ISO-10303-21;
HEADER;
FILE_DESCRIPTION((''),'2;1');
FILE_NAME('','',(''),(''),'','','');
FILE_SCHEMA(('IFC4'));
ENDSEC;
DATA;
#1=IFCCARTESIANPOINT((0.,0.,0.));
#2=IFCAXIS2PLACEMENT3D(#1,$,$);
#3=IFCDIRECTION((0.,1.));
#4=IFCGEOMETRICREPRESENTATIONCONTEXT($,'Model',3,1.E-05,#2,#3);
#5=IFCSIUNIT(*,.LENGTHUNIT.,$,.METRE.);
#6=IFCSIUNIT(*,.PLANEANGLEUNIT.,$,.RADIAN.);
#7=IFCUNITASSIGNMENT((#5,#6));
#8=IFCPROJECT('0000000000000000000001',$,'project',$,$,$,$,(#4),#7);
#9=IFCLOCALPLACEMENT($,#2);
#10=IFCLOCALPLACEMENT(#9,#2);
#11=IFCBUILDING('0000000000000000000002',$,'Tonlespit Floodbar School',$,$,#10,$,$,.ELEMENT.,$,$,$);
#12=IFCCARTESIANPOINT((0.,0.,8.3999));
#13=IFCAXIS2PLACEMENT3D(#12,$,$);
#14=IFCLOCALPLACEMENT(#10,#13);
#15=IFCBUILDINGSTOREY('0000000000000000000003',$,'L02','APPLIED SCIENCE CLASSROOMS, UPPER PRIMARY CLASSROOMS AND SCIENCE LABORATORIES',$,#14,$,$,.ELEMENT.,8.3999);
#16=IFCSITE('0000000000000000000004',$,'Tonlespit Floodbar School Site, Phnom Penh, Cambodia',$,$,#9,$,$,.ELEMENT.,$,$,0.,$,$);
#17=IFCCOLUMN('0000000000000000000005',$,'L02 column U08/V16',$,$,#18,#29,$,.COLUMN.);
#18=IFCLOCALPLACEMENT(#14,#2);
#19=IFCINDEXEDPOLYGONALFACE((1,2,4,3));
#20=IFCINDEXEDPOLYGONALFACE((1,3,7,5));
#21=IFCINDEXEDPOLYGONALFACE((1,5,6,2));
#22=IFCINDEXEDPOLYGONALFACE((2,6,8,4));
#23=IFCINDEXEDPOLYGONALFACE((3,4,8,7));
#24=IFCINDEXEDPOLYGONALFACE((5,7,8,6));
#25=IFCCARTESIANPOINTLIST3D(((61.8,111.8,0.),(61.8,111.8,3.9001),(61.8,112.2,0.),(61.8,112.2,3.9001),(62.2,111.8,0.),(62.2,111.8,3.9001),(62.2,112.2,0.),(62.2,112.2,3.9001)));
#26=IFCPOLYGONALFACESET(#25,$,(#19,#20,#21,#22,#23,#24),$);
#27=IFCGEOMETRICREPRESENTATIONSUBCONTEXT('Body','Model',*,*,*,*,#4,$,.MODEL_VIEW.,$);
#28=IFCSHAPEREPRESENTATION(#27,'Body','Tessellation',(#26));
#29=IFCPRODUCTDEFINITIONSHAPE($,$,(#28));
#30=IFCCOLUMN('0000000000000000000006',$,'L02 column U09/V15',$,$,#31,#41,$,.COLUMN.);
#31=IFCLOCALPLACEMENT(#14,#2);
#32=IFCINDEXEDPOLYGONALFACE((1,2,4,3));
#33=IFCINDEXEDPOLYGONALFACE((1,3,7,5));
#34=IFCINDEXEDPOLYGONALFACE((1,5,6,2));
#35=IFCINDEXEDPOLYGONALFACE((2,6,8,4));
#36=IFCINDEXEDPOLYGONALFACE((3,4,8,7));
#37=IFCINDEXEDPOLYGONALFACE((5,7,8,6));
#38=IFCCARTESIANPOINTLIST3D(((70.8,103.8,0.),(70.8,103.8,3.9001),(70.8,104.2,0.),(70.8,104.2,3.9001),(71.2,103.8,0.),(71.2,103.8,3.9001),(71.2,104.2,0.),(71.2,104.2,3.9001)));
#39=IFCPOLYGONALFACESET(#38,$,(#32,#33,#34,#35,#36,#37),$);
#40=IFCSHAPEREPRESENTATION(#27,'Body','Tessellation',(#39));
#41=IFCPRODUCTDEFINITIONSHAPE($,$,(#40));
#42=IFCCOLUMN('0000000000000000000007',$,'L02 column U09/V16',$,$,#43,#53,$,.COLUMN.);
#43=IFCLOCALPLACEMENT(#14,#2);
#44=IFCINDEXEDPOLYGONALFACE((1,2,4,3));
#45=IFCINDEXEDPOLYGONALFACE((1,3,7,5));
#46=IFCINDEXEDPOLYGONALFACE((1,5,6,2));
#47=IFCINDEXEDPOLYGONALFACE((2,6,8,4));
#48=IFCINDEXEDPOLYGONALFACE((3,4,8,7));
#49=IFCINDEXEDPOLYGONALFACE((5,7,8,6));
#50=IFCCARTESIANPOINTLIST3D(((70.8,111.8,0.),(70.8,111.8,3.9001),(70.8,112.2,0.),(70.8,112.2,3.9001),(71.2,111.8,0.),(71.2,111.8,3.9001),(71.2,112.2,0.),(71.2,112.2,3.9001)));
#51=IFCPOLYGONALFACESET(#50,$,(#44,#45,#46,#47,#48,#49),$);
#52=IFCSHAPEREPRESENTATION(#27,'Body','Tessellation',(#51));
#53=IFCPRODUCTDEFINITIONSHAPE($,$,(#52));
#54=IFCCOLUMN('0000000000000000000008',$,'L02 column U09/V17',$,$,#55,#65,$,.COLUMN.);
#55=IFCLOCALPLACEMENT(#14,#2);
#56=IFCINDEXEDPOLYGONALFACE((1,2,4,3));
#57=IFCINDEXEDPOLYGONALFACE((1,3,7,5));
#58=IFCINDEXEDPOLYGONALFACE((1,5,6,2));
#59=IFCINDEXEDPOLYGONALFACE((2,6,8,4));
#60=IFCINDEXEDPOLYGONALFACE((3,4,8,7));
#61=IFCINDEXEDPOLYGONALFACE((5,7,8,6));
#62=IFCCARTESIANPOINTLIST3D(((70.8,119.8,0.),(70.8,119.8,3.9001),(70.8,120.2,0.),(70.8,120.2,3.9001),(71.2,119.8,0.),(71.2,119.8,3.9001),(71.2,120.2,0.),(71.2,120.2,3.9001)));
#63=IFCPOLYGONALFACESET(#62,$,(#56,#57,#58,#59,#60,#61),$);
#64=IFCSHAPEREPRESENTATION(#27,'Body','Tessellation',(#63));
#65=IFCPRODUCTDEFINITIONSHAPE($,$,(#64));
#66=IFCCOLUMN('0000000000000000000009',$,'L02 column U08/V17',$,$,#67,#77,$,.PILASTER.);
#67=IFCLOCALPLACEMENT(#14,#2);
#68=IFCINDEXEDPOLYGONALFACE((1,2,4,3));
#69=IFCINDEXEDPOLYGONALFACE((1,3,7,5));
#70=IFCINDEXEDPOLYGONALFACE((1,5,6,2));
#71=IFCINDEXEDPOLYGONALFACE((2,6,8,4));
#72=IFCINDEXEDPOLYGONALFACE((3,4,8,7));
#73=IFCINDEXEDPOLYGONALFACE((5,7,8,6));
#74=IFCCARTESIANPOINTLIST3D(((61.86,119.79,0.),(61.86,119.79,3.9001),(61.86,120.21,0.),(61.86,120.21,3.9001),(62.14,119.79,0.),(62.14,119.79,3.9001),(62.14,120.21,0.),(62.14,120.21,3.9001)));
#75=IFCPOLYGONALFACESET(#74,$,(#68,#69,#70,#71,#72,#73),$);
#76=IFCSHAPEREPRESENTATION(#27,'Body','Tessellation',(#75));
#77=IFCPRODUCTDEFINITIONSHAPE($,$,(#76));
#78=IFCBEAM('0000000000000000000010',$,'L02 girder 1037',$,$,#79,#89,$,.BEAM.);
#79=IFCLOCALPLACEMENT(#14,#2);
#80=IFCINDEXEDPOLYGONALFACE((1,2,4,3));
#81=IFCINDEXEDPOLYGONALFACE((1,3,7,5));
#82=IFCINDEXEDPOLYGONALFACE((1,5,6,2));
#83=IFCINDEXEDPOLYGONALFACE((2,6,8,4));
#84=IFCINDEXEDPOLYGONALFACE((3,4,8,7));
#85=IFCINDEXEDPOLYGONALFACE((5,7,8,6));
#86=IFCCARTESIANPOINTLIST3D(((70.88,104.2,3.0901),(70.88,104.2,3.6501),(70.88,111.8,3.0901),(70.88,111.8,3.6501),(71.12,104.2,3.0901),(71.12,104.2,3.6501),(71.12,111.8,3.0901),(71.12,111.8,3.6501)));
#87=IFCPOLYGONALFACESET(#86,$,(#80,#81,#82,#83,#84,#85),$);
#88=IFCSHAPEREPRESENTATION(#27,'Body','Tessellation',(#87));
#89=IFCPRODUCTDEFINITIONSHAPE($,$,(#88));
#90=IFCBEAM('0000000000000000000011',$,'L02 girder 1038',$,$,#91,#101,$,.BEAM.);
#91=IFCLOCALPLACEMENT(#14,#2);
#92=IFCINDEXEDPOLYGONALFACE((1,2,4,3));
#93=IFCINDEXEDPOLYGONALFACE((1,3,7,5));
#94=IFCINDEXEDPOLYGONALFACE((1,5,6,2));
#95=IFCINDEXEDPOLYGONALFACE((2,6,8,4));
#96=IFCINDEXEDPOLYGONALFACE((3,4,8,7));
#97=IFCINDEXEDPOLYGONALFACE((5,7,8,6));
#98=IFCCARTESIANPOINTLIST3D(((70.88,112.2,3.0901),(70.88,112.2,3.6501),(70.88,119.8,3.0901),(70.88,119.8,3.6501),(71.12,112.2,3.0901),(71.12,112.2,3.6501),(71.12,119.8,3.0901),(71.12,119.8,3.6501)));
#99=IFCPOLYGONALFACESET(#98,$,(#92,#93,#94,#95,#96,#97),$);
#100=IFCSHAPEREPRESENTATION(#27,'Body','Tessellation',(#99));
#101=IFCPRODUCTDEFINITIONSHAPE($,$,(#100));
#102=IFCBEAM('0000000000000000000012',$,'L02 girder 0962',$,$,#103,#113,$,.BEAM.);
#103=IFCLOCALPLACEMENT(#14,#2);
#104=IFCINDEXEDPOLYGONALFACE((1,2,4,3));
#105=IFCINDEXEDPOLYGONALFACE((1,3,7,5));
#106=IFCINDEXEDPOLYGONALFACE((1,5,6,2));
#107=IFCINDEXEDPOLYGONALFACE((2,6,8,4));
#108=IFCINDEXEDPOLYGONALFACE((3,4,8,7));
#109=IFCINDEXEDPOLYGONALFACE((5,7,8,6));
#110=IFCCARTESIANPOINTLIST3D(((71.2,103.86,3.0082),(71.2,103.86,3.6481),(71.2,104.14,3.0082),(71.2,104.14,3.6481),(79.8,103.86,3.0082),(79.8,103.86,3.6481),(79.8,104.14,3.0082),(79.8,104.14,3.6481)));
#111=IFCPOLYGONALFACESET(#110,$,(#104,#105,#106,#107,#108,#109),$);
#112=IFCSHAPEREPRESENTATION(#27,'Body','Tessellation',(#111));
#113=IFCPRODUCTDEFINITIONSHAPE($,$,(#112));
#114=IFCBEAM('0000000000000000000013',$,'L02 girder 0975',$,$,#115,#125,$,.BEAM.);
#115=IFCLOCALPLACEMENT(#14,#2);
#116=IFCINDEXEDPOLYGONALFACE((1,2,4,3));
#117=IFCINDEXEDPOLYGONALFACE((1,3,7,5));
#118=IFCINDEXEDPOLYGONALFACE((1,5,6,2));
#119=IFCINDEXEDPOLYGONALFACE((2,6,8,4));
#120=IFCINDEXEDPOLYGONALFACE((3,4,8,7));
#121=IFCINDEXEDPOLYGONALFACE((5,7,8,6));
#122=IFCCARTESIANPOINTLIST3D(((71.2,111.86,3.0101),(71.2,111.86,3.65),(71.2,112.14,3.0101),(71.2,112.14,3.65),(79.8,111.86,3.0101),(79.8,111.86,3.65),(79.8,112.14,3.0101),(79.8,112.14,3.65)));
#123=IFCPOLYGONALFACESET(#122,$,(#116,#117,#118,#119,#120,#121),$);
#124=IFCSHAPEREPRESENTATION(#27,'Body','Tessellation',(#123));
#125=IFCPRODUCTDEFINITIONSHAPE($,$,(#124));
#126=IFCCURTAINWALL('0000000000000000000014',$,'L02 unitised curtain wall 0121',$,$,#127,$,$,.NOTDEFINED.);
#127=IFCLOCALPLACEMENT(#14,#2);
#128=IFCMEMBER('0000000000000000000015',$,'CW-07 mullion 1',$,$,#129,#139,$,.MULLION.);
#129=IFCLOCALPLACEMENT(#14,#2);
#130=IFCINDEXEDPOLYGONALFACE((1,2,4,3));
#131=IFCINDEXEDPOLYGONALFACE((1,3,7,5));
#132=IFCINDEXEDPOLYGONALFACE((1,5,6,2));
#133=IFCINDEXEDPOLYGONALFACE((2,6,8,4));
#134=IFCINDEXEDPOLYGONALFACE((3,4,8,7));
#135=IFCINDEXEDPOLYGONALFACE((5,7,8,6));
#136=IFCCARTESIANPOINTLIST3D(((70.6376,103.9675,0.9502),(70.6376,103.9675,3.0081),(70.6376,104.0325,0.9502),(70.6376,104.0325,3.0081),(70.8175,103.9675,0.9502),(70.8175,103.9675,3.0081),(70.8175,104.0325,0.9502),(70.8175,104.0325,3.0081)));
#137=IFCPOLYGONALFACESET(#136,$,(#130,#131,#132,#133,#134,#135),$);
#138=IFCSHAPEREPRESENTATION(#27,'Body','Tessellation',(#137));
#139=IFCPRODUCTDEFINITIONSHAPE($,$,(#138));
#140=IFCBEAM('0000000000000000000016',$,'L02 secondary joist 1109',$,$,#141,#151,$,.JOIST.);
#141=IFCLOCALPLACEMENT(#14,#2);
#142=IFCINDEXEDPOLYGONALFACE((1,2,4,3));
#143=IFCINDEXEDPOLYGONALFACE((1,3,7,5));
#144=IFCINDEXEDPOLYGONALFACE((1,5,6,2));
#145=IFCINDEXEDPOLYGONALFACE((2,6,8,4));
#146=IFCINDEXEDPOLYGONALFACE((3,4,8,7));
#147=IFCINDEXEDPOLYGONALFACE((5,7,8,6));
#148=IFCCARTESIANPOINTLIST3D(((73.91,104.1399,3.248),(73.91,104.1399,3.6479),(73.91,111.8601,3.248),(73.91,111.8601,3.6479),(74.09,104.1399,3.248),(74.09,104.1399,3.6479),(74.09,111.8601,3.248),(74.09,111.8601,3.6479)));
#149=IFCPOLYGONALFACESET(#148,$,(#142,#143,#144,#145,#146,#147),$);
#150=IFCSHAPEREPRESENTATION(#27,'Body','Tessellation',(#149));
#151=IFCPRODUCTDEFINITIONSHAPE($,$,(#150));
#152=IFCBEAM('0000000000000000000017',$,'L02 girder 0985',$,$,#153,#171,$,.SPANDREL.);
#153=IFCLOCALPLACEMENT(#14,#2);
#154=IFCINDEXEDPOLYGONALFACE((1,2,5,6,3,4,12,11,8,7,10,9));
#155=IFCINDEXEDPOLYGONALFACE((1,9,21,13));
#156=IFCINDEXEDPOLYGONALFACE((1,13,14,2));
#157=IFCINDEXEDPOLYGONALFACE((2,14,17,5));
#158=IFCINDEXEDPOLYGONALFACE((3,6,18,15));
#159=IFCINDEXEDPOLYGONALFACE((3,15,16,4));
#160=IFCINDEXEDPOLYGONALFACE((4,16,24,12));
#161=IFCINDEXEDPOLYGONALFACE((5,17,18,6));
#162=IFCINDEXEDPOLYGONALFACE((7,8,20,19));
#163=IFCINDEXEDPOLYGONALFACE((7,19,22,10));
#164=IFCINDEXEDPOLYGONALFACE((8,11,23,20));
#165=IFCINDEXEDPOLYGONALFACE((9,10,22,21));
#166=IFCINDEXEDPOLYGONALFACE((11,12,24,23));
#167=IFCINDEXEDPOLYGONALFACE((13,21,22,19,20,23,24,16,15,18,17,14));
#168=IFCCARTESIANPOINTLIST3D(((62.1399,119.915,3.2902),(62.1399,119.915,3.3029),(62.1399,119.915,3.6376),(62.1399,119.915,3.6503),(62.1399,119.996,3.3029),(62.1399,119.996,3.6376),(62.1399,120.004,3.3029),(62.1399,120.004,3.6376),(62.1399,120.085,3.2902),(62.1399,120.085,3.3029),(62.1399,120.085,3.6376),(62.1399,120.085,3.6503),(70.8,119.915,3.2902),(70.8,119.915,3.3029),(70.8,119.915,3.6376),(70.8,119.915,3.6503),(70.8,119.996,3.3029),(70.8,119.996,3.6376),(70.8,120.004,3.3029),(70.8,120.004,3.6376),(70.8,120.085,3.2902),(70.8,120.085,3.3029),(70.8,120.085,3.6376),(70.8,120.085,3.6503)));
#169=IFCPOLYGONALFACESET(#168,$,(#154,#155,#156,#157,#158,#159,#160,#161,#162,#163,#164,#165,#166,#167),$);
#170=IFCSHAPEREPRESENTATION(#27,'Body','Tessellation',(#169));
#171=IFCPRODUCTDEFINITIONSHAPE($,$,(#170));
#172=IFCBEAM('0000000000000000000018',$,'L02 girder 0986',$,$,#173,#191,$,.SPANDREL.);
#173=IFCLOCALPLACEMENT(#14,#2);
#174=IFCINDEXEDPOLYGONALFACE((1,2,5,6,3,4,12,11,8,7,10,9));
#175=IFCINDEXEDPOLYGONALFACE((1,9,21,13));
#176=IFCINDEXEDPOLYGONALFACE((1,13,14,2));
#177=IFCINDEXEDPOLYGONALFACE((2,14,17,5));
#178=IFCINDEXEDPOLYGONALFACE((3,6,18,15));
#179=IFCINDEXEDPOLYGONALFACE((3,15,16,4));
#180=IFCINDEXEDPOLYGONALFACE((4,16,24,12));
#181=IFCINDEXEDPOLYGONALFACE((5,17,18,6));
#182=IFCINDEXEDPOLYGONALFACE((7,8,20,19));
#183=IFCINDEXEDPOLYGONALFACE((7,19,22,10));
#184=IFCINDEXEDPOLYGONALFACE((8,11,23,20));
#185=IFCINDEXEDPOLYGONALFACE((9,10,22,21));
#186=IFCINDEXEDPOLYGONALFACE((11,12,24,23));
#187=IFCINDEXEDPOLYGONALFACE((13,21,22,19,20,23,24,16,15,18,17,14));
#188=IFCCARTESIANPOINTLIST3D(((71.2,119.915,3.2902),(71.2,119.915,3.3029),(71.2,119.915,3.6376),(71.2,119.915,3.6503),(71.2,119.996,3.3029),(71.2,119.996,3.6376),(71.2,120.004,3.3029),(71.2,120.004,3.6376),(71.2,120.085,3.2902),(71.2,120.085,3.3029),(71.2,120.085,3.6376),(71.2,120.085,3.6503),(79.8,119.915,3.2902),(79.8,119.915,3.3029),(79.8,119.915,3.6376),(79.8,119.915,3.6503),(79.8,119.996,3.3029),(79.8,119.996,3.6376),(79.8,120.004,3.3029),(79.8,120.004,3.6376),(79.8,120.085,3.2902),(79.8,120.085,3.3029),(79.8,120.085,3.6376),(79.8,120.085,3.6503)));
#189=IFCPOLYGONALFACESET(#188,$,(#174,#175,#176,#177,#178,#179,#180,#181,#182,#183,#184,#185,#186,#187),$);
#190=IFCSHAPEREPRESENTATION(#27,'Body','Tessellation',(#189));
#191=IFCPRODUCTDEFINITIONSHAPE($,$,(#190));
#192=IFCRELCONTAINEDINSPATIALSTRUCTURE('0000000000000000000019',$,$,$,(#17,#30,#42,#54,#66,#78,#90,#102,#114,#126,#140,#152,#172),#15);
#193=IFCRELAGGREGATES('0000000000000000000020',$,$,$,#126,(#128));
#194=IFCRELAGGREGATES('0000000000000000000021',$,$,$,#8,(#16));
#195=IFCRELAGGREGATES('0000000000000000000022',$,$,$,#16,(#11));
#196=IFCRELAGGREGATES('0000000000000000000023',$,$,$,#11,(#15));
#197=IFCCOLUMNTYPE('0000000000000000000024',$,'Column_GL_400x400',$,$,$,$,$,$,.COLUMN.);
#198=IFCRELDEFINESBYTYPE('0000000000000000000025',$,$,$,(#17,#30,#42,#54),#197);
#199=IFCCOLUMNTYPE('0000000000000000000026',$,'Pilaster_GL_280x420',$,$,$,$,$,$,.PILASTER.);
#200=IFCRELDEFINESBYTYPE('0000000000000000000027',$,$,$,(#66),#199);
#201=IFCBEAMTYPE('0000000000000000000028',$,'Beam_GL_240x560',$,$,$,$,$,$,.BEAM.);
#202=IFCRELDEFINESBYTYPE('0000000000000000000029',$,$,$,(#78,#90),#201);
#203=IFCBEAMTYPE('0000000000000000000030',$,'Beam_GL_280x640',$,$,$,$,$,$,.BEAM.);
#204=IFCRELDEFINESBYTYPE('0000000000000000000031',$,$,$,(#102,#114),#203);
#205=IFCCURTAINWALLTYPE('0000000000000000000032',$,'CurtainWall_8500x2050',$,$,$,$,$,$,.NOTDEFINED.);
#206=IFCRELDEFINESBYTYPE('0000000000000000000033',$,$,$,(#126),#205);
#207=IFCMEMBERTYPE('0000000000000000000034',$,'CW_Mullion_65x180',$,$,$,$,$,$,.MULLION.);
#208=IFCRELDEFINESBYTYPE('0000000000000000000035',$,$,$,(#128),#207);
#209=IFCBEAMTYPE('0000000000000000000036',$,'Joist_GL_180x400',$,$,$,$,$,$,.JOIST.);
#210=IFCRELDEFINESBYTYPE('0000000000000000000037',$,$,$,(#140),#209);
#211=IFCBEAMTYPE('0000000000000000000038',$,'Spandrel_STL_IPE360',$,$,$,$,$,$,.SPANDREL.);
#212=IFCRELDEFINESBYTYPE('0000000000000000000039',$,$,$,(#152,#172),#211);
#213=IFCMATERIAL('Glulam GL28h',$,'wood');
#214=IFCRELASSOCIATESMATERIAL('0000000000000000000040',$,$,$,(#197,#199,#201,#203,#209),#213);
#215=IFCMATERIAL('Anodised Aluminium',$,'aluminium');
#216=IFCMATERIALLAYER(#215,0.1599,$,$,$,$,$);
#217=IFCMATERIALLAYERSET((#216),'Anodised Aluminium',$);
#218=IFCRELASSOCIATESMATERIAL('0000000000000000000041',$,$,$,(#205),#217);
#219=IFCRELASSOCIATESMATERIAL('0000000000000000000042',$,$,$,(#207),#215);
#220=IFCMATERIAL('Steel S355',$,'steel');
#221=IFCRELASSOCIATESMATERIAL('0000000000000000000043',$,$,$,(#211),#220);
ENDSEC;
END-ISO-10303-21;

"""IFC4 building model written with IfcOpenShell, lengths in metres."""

from ifc_helpers import new_model, si_unit, direction, frame, origin, origin_2d, place, context, subcontext, project, spatial, rectangle, i_section, extrude, material, layer, layer_set, material_profile, profile_set, type_object, element, aggregate, save


model = new_model("IFC4")

# Units and contexts
model_context = context("Model", 3, precision=1e-05, world=origin(), true_north=direction((0.0, 1.0)))
body_context = subcontext(model_context, "Body", "Model", "MODEL_VIEW")
ifc_project = project(units=[si_unit("LENGTHUNIT", "METRE"), si_unit("PLANEANGLEUNIT", "RADIAN")], contexts=[model_context])

# Site, building, storey
site_placement = place(None, origin())
site = spatial("IfcSite", under=ifc_project, at=site_placement, Name="Tonlespit Floodbar School Site, Phnom Penh, Cambodia", CompositionType="ELEMENT", RefElevation=0.0)
building_placement = place(site_placement, origin())
building = spatial("IfcBuilding", under=site, at=building_placement, Name="Tonlespit Floodbar School", CompositionType="ELEMENT")
storey_placement = place(building_placement, frame((0.0, 0.0, 8.3999)))
storey = spatial("IfcBuildingStorey", under=building, at=storey_placement, Name="L02", Description="APPLIED SCIENCE CLASSROOMS, UPPER PRIMARY CLASSROOMS AND SCIENCE LABORATORIES", CompositionType="ELEMENT", Elevation=8.3999)

# Columns
ifc_material_1 = material(Name="Glulam GL28h", Category="wood")
ifc_material_profile_1 = material_profile(ifc_material_1, rectangle(XDim=0.3999, YDim=0.3999, at=origin_2d()), Name="GL 400x400")
ifc_profile_set_1 = profile_set([ifc_material_profile_1], Name="Glulam GL28h")
column_type_1 = type_object("IfcColumnType", Name="Column_GL_400x400", PredefinedType="COLUMN", material=ifc_profile_set_1)
for number, where, z_axis, x_axis, name in (
    (1, (62.0, 112.0, 0.0), (0.0, 0.0, 1.0), (1.0, 0.0, 0.0), "L02 column U08/V16"),
    (2, (71.0, 104.0, 0.0), (0.0, 0.0, 1.0), (1.0, 0.0, 0.0), "L02 column U09/V15"),
    (3, (71.0, 112.0, 0.0), (0.0, 0.0, 1.0), (1.0, 0.0, 0.0), "L02 column U09/V16"),
    (4, (71.0, 120.0, 0.0), (0.0, 0.0, 1.0), (1.0, 0.0, 0.0), "L02 column U09/V17"),
):
    element("IfcColumn", number, at=place(storey_placement, frame(where, z_axis=z_axis, x_axis=x_axis)), inside=storey, type_object=column_type_1, Name=name, PredefinedType="COLUMN", context=body_context, shape_type="SweptSolid", body=[
        extrude(rectangle(XDim=0.3999, YDim=0.3999, at=origin_2d()), origin(), (0.0, 0.0, 1.0), 3.9001),
    ])
ifc_material_profile_2 = material_profile(ifc_material_1, rectangle(XDim=0.28, YDim=0.4199, at=origin_2d()), Name="GL 280x420")
ifc_profile_set_2 = profile_set([ifc_material_profile_2], Name="Glulam GL28h")
column_type_2 = type_object("IfcColumnType", Name="Pilaster_GL_280x420", PredefinedType="PILASTER", material=ifc_profile_set_2)
column_placement = place(storey_placement, frame((62.0, 120.0, 0.0), z_axis=(0.0, 0.0, 1.0), x_axis=(1.0, 0.0, 0.0)))
element("IfcColumn", 5, at=column_placement, inside=storey, type_object=column_type_2, Name="L02 column U08/V17", PredefinedType="PILASTER", context=body_context, shape_type="SweptSolid", body=[
    extrude(rectangle(XDim=0.28, YDim=0.4199, at=origin_2d()), origin(), (0.0, 0.0, 1.0), 3.9001),
])

# Beams
ifc_material_profile_3 = material_profile(ifc_material_1, rectangle(XDim=0.24, YDim=0.5601, at=origin_2d()), Name="GL 240x560")
ifc_profile_set_3 = profile_set([ifc_material_profile_3], Name="Glulam GL28h")
beam_type_1 = type_object("IfcBeamType", Name="Beam_GL_240x560", PredefinedType="BEAM", material=ifc_profile_set_3)
for number, where, z_axis, x_axis, name in (
    (6, (71.0, 104.2, 3.3701), (0.0, 1.0, 0.0), (-1.0, 0.0, 0.0), "L02 girder 1037"),
    (7, (71.0, 112.2, 3.3701), (0.0, 1.0, 0.0), (-1.0, 0.0, 0.0), "L02 girder 1038"),
):
    element("IfcBeam", number, at=place(storey_placement, frame(where, z_axis=z_axis, x_axis=x_axis)), inside=storey, type_object=beam_type_1, Name=name, PredefinedType="BEAM", context=body_context, shape_type="SweptSolid", body=[
        extrude(rectangle(XDim=0.24, YDim=0.5601, at=origin_2d()), origin(), (0.0, 0.0, 1.0), 7.6001),
    ])
ifc_material_profile_4 = material_profile(ifc_material_1, rectangle(XDim=0.28, YDim=0.6399, at=origin_2d()), Name="GL 280x640")
ifc_profile_set_4 = profile_set([ifc_material_profile_4], Name="Glulam GL28h")
beam_type_2 = type_object("IfcBeamType", Name="Beam_GL_280x640", PredefinedType="BEAM", material=ifc_profile_set_4)
for number, where, z_axis, x_axis, name in (
    (8, (71.2, 104.0, 3.3281), (1.0, 0.0, 0.0), (0.0, 1.0, 0.0), "L02 girder 0962"),
    (9, (71.2, 112.0, 3.3301), (1.0, 0.0, 0.0), (0.0, 1.0, 0.0), "L02 girder 0975"),
):
    element("IfcBeam", number, at=place(storey_placement, frame(where, z_axis=z_axis, x_axis=x_axis)), inside=storey, type_object=beam_type_2, Name=name, PredefinedType="BEAM", context=body_context, shape_type="SweptSolid", body=[
        extrude(rectangle(XDim=0.28, YDim=0.6399, at=origin_2d()), origin(), (0.0, 0.0, 1.0), 8.6001),
    ])

# Curtain wall, member
ifc_material_2 = material(Name="Anodised Aluminium", Category="aluminium")
ifc_layer_1 = layer(ifc_material_2, 0.1599)
ifc_layer_set_1 = layer_set([ifc_layer_1], Name="Anodised Aluminium")
curtain_wall_type = type_object("IfcCurtainWallType", Name="CurtainWall_8500x2050", PredefinedType="NOTDEFINED", material=ifc_layer_set_1)
curtain_wall_placement = place(storey_placement, origin())
curtain_wall = element("IfcCurtainWall", 10, at=curtain_wall_placement, inside=storey, type_object=curtain_wall_type, Name="L02 unitised curtain wall 0121", PredefinedType="NOTDEFINED")
ifc_material_profile_5 = material_profile(ifc_material_2, rectangle(XDim=0.0649, YDim=0.1799, at=origin_2d()), Name="ALU M65x180")
ifc_profile_set_5 = profile_set([ifc_material_profile_5], Name="Anodised Aluminium")
member_type = type_object("IfcMemberType", Name="CW_Mullion_65x180", PredefinedType="MULLION", material=ifc_profile_set_5)
member_placement = place(storey_placement, frame((70.7275, 104.0, 0.9502), z_axis=(0.0, 0.0, 1.0), x_axis=(0.0, -1.0, 0.0)))
member = element("IfcMember", 11, at=member_placement, type_object=member_type, Name="CW-07 mullion 1", PredefinedType="MULLION", context=body_context, shape_type="SweptSolid", body=[
    extrude(rectangle(XDim=0.0649, YDim=0.1799, at=origin_2d()), origin(), (0.0, 0.0, 1.0), 2.0579),
])
aggregate(curtain_wall, [member])

# Beams
ifc_material_profile_6 = material_profile(ifc_material_1, rectangle(XDim=0.1799, YDim=0.3999, at=origin_2d()), Name="GL 180x400")
ifc_profile_set_6 = profile_set([ifc_material_profile_6], Name="Glulam GL28h")
beam_type_3 = type_object("IfcBeamType", Name="Joist_GL_180x400", PredefinedType="JOIST", material=ifc_profile_set_6)
beam_1_placement = place(storey_placement, frame((74.0, 104.1399, 3.448), z_axis=(0.0, 1.0, 0.0), x_axis=(-1.0, 0.0, 0.0)))
element("IfcBeam", 12, at=beam_1_placement, inside=storey, type_object=beam_type_3, Name="L02 secondary joist 1109", PredefinedType="JOIST", context=body_context, shape_type="SweptSolid", body=[
    extrude(rectangle(XDim=0.1799, YDim=0.3999, at=origin_2d()), origin(), (0.0, 0.0, 1.0), 7.7202),
])
ifc_material_3 = material(Name="Steel S355", Category="steel")
ifc_material_profile_7 = material_profile(ifc_material_3, i_section(OverallWidth=0.1699, OverallDepth=0.3601, WebThickness=0.0081, FlangeThickness=0.0127, at=origin_2d()), Name="IPE 360")
ifc_profile_set_7 = profile_set([ifc_material_profile_7], Name="Steel S355")
beam_type_4 = type_object("IfcBeamType", Name="Spandrel_STL_IPE360", PredefinedType="SPANDREL", material=ifc_profile_set_7)
beam_2_placement = place(storey_placement, frame((62.1399, 120.0, 3.4702), z_axis=(1.0, 0.0, 0.0), x_axis=(0.0, 1.0, 0.0)))
element("IfcBeam", 13, at=beam_2_placement, inside=storey, type_object=beam_type_4, Name="L02 girder 0985", PredefinedType="SPANDREL", context=body_context, shape_type="SweptSolid", body=[
    extrude(i_section(OverallWidth=0.1699, OverallDepth=0.3601, WebThickness=0.0081, FlangeThickness=0.0127, at=origin_2d()), origin(), (0.0, 0.0, 1.0), 8.6602),
])
beam_3_placement = place(storey_placement, frame((71.2, 120.0, 3.4702), z_axis=(1.0, 0.0, 0.0), x_axis=(0.0, 1.0, 0.0)))
element("IfcBeam", 14, at=beam_3_placement, inside=storey, type_object=beam_type_4, Name="L02 girder 0986", PredefinedType="SPANDREL", context=body_context, shape_type="SweptSolid", body=[
    extrude(i_section(OverallWidth=0.1699, OverallDepth=0.3601, WebThickness=0.0081, FlangeThickness=0.0127, at=origin_2d()), origin(), (0.0, 0.0, 1.0), 8.6001),
])

save(model, "model.ifc")
